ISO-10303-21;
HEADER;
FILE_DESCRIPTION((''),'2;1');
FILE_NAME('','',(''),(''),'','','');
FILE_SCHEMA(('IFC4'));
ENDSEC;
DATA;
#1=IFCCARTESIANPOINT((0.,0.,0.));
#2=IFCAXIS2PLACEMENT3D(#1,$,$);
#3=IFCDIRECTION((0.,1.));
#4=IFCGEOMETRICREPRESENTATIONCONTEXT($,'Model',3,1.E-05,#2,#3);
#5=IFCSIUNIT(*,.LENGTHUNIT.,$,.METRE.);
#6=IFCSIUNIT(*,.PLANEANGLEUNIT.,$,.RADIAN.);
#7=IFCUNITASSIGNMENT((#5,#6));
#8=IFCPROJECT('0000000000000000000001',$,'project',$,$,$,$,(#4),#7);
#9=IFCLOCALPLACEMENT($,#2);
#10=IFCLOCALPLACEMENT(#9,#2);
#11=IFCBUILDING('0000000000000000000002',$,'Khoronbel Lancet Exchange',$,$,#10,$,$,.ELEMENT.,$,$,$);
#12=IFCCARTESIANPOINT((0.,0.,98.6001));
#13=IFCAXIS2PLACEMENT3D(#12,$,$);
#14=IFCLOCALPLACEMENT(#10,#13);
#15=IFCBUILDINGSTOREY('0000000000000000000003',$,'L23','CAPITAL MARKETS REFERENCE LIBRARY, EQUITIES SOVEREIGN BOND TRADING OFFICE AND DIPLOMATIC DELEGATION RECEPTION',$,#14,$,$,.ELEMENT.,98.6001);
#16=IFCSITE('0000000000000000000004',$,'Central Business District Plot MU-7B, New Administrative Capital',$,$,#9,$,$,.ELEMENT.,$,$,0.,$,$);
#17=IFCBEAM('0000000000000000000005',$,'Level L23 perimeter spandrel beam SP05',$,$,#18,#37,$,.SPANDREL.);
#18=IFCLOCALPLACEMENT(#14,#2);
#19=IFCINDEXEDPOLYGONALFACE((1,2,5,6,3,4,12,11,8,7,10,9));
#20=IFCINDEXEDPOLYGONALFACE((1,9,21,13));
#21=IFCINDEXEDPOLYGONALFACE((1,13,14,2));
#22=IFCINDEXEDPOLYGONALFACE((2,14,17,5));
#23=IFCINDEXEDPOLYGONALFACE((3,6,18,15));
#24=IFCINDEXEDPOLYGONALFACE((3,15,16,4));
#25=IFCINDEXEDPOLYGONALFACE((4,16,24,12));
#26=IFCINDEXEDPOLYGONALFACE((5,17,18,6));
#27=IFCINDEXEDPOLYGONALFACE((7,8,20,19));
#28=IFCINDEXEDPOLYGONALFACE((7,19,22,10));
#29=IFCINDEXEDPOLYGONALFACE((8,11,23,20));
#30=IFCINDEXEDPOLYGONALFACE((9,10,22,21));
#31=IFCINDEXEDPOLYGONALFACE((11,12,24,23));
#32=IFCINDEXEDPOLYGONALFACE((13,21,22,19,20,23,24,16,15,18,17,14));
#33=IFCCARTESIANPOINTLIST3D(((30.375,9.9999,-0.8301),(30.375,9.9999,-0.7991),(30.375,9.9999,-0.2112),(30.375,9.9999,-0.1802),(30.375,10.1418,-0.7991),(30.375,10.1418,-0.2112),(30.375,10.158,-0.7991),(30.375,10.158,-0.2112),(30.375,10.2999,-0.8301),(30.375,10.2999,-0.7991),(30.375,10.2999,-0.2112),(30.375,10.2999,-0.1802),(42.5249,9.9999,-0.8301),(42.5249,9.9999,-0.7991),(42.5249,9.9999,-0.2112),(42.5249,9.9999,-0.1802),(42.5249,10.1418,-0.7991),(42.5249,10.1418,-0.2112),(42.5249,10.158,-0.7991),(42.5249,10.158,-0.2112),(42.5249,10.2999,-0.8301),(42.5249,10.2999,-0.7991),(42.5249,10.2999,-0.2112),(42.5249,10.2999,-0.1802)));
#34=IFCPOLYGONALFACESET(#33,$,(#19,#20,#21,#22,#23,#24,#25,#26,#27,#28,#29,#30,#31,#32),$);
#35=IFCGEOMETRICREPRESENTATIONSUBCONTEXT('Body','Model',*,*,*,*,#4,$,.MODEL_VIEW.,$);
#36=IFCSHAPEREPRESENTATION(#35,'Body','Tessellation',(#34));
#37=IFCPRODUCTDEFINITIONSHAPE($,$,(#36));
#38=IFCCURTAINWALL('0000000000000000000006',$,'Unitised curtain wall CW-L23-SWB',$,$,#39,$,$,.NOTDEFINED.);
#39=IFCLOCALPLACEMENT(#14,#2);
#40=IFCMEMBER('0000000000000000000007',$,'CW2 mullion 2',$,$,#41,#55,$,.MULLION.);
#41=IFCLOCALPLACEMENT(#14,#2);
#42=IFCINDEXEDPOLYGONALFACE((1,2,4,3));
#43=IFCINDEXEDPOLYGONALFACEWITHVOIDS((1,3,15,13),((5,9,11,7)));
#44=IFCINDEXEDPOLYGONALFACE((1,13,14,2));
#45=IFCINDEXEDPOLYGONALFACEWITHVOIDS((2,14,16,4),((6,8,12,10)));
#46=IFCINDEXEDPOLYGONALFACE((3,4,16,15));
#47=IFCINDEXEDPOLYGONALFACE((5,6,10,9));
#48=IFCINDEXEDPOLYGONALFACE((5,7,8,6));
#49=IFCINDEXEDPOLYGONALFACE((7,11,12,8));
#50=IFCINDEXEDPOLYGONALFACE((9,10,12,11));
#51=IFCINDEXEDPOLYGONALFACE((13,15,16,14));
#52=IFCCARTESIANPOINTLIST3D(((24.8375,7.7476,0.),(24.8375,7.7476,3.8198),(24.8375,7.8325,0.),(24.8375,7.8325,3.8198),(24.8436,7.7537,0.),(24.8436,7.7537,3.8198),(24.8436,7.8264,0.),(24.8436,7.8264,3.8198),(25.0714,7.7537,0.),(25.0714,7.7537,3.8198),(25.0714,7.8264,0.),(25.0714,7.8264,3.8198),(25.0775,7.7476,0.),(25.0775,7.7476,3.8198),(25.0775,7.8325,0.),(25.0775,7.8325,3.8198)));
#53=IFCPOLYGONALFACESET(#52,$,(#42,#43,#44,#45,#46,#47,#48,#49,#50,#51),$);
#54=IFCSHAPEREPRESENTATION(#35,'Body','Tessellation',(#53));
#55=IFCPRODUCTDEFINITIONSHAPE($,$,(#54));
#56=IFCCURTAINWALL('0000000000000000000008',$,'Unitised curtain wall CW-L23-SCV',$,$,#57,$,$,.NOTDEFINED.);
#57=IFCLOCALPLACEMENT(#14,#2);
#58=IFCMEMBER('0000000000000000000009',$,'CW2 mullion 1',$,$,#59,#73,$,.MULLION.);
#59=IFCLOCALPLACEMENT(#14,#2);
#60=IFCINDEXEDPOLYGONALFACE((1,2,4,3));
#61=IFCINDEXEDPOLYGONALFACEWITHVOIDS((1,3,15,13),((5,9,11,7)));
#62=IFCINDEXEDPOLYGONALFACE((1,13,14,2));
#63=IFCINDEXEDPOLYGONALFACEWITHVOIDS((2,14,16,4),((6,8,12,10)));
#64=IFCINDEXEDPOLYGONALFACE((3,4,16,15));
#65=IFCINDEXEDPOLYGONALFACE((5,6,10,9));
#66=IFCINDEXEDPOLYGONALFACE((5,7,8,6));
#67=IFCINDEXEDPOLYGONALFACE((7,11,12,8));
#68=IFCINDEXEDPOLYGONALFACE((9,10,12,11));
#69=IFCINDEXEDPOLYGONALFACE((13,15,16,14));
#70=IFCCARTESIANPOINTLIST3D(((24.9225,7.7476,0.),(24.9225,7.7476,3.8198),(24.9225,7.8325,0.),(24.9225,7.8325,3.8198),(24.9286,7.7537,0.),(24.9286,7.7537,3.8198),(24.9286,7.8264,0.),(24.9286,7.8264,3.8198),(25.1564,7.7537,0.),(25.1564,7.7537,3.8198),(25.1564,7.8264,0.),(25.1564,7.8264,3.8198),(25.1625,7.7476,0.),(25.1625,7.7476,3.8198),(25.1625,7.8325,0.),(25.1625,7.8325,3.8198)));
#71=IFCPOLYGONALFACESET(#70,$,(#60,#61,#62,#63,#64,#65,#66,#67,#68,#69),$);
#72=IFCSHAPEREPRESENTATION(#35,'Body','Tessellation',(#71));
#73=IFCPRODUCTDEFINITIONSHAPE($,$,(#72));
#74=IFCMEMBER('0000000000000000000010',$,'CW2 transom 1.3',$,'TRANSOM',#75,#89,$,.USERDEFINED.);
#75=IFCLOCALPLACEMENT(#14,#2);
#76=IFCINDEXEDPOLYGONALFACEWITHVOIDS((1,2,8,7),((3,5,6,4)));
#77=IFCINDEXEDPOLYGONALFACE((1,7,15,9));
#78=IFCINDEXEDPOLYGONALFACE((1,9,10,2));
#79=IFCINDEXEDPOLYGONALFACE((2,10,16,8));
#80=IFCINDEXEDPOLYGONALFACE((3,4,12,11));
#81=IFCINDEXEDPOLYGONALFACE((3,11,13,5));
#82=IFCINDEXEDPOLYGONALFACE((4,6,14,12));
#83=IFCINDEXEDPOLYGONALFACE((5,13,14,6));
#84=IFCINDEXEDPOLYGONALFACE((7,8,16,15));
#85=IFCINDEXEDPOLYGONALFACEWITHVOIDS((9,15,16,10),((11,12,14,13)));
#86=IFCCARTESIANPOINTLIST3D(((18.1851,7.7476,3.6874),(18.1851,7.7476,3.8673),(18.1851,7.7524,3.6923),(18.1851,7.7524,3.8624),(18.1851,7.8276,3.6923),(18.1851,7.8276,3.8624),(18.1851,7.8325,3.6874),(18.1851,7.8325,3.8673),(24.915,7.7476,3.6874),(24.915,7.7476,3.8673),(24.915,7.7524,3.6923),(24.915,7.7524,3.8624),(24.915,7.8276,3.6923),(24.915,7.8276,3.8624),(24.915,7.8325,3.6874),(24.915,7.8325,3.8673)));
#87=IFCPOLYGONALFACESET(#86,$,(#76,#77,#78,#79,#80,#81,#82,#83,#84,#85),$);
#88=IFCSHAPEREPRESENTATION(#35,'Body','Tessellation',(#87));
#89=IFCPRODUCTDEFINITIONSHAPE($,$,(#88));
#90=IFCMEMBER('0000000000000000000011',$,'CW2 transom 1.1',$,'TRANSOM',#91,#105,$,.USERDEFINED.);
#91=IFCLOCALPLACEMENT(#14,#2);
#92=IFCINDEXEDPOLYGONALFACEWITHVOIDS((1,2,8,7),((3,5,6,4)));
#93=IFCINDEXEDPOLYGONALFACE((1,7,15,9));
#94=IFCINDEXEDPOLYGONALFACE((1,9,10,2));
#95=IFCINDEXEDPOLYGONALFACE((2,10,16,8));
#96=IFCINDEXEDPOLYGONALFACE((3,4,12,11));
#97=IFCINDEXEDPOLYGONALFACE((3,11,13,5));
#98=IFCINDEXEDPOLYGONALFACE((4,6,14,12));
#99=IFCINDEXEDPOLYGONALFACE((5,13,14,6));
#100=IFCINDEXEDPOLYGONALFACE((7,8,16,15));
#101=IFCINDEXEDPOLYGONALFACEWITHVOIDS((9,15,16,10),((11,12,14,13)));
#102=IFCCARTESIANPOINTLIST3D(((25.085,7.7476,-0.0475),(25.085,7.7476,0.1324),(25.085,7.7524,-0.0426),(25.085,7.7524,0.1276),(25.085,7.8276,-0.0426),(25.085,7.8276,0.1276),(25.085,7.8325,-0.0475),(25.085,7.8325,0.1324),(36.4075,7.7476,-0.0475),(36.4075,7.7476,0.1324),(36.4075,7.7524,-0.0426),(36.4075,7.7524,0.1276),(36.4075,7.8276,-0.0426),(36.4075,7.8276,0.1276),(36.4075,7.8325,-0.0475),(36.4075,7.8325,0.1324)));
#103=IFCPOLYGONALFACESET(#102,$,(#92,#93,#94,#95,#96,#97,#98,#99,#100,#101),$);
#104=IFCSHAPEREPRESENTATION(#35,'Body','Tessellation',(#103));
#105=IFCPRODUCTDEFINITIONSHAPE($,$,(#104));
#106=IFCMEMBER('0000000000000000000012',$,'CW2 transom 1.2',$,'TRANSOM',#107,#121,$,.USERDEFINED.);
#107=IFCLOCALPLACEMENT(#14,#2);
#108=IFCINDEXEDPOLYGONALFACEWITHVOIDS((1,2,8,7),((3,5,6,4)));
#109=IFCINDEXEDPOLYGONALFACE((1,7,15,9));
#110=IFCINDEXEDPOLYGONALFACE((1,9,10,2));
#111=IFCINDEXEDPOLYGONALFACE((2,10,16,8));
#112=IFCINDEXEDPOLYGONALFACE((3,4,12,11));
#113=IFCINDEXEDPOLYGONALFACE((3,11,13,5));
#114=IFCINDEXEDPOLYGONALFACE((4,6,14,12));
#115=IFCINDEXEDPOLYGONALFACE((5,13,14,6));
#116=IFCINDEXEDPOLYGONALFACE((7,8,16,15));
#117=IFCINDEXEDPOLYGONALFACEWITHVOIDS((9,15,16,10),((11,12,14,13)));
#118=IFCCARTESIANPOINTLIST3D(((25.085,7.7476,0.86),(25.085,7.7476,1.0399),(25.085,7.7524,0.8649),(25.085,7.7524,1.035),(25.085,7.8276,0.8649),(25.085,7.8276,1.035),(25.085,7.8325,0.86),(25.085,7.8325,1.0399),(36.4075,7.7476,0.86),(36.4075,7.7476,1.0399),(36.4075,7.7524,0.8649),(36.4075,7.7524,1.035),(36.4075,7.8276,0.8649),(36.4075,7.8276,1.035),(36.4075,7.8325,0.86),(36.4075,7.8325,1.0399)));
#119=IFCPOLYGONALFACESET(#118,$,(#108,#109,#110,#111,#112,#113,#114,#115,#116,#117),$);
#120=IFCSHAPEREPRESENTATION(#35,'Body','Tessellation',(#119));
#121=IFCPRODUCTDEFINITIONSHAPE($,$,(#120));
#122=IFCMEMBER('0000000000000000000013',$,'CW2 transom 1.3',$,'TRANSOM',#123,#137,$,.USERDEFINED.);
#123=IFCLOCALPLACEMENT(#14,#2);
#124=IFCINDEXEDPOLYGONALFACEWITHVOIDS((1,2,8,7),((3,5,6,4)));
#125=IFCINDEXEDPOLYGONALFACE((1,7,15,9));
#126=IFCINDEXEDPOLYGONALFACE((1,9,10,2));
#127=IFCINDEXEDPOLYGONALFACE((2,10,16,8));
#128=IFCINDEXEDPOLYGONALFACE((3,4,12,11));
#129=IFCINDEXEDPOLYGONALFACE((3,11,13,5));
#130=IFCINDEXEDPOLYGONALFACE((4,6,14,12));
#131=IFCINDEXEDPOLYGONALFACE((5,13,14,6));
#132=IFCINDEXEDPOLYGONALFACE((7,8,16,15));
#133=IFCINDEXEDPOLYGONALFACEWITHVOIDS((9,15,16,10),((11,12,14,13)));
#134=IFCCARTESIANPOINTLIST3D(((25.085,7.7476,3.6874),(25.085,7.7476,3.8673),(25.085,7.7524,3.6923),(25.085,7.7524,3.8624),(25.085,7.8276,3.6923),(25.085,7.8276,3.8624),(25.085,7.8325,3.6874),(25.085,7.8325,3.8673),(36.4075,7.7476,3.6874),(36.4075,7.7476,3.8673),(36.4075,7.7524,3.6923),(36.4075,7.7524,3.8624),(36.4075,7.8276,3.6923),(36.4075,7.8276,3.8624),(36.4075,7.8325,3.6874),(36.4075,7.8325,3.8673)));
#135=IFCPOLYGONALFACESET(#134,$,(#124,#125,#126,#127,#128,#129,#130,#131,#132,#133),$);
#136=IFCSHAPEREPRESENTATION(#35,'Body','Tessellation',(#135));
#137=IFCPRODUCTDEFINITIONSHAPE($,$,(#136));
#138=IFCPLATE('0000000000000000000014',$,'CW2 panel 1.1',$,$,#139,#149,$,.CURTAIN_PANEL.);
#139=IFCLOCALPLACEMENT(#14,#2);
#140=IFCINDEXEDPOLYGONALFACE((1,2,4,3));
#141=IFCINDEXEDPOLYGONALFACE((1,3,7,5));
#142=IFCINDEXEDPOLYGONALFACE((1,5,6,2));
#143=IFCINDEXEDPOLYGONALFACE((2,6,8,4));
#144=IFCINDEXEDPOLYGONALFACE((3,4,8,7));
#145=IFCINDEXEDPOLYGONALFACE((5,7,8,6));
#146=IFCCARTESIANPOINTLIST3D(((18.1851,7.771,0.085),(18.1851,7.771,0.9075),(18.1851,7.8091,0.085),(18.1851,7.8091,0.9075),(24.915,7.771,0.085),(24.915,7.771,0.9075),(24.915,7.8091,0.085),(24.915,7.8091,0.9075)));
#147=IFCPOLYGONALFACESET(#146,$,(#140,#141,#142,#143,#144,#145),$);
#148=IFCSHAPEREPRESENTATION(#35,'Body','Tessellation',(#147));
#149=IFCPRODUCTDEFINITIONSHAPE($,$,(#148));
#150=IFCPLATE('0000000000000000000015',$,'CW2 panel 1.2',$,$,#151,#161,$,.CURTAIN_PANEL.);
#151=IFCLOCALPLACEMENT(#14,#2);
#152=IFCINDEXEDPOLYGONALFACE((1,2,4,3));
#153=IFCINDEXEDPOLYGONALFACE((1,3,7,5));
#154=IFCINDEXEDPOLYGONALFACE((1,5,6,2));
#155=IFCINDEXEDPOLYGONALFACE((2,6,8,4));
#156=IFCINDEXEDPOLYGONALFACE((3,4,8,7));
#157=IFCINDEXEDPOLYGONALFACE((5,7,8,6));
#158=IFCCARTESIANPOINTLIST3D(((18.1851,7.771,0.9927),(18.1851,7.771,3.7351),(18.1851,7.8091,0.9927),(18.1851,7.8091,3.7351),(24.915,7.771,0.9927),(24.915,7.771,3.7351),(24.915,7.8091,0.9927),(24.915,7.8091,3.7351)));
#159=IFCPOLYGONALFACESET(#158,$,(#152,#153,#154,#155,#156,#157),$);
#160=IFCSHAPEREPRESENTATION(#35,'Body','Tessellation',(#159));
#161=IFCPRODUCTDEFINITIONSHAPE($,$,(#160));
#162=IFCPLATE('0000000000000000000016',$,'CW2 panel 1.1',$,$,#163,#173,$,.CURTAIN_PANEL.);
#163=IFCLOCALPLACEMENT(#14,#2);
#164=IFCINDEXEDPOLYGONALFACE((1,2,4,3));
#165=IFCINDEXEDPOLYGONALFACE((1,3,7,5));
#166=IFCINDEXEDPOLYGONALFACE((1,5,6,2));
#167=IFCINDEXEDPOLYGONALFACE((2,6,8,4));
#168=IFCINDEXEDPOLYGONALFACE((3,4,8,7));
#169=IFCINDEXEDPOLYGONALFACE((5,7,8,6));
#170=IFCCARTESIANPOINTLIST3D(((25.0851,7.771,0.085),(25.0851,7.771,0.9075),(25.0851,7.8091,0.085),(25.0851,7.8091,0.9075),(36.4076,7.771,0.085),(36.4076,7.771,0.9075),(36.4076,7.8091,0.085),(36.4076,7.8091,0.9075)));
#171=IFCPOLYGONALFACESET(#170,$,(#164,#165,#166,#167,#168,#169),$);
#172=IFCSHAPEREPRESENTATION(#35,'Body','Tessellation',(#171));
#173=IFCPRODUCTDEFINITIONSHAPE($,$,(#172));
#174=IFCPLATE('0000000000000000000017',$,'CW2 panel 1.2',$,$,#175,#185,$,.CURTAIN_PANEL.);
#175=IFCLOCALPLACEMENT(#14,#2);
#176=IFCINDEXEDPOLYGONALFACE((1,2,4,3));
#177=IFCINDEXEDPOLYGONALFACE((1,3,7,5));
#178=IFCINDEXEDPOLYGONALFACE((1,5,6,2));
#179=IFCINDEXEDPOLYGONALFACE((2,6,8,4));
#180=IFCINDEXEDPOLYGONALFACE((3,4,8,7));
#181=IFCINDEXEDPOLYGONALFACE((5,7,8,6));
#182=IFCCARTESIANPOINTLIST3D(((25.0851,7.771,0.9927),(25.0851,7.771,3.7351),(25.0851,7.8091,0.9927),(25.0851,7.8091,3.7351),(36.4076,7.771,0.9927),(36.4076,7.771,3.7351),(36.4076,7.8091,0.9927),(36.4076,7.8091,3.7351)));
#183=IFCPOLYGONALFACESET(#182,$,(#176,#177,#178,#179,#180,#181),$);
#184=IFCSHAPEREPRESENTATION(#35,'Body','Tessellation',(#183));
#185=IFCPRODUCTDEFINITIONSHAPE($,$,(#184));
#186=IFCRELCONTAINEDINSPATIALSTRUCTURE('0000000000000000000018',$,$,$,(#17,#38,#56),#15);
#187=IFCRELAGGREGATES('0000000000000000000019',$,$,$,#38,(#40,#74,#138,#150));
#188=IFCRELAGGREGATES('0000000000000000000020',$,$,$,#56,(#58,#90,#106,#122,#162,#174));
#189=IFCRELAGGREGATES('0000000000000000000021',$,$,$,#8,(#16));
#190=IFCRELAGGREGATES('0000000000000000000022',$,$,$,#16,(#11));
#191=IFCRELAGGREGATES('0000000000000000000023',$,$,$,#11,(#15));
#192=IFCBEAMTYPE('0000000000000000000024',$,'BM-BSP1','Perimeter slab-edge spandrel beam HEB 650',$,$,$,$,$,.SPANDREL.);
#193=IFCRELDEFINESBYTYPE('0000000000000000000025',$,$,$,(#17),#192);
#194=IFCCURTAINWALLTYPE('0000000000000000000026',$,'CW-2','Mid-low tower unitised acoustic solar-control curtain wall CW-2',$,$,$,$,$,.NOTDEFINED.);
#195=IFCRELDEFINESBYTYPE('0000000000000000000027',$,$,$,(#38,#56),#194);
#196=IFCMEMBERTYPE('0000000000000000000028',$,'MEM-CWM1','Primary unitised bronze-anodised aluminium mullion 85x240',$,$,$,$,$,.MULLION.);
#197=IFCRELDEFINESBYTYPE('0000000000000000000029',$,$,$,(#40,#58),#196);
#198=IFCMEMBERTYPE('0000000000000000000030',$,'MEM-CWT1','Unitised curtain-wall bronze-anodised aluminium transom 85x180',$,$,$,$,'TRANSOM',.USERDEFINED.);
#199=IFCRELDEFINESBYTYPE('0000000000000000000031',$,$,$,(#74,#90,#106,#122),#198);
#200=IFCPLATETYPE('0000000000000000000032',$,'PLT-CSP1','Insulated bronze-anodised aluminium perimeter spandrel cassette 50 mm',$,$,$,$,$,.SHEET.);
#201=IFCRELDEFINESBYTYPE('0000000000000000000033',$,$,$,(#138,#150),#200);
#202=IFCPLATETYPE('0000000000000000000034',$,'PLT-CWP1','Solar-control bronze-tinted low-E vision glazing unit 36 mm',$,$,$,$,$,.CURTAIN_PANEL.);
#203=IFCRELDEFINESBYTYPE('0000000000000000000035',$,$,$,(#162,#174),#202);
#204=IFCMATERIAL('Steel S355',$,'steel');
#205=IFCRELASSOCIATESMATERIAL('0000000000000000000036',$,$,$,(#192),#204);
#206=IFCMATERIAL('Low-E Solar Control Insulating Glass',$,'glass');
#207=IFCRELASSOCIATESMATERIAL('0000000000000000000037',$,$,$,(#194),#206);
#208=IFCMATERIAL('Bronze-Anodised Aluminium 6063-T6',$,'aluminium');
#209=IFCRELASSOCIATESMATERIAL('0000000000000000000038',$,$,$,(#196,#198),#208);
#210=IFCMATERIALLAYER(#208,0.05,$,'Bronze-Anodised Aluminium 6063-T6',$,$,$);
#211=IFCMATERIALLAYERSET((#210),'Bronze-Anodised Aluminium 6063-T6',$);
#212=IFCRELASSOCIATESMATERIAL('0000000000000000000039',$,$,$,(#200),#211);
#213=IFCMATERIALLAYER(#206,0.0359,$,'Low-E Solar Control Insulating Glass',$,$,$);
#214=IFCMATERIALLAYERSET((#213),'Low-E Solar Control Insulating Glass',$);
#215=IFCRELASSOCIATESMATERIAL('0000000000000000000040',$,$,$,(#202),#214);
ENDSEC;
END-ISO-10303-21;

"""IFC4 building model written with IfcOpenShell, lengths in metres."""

from ifc_helpers import new_model, si_unit, direction, frame, origin, origin_2d, place, context, subcontext, project, spatial, rectangle, hollow_rectangle, i_section, extrude, material, layer, layer_set, material_profile, profile_set, type_object, element, aggregate, save


model = new_model("IFC4")

# Units and contexts
model_context = context("Model", 3, precision=1e-05, world=origin(), true_north=direction((0.0, 1.0)))
body_context = subcontext(model_context, "Body", "Model", "MODEL_VIEW")
ifc_project = project(units=[si_unit("LENGTHUNIT", "METRE"), si_unit("PLANEANGLEUNIT", "RADIAN")], contexts=[model_context])

# Site, building, storey
site_placement = place(None, origin())
site = spatial("IfcSite", under=ifc_project, at=site_placement, Name="Central Business District Plot MU-7B, New Administrative Capital", CompositionType="ELEMENT", RefElevation=0.0)
building_placement = place(site_placement, origin())
building = spatial("IfcBuilding", under=site, at=building_placement, Name="Khoronbel Lancet Exchange", CompositionType="ELEMENT")
storey_placement = place(building_placement, frame((0.0, 0.0, 98.6001)))
storey = spatial("IfcBuildingStorey", under=building, at=storey_placement, Name="L23", Description="CAPITAL MARKETS REFERENCE LIBRARY, EQUITIES SOVEREIGN BOND TRADING OFFICE AND DIPLOMATIC DELEGATION RECEPTION", CompositionType="ELEMENT", Elevation=98.6001)

# Beam
ifc_material_1 = material(Name="Steel S355", Category="steel")
ifc_material_profile_1 = material_profile(ifc_material_1, i_section(OverallWidth=0.3, OverallDepth=0.6499, WebThickness=0.0161, FlangeThickness=0.031, at=origin_2d()), Name="HEB 650")
ifc_profile_set_1 = profile_set([ifc_material_profile_1], Name="Steel S355")
beam_type_1 = type_object("IfcBeamType", Name="BM-BSP1", Description="Perimeter slab-edge spandrel beam HEB 650", PredefinedType="SPANDREL", material=ifc_profile_set_1)
beam_1_placement = place(storey_placement, frame((30.375, 10.1499, -0.5051), z_axis=(1.0, 0.0, 0.0), x_axis=(0.0, 1.0, 0.0)))
element("IfcBeam", 1, at=beam_1_placement, inside=storey, type_object=beam_type_1, Name="Level L23 perimeter spandrel beam SP05", PredefinedType="SPANDREL", context=body_context, shape_type="SweptSolid", body=[
    extrude(i_section(OverallWidth=0.3, OverallDepth=0.6499, WebThickness=0.0161, FlangeThickness=0.031, at=origin_2d()), origin(), (0.0, 0.0, 1.0), 12.1499),
])

# Curtain walls, members
ifc_material_2 = material(Name="Low-E Solar Control Insulating Glass", Category="glass")
curtain_wall_type = type_object("IfcCurtainWallType", Name="CW-2", Description="Mid-low tower unitised acoustic solar-control curtain wall CW-2", PredefinedType="NOTDEFINED", material=ifc_material_2)
curtain_wall_1_placement = place(storey_placement, origin())
curtain_wall_1 = element("IfcCurtainWall", 2, at=curtain_wall_1_placement, inside=storey, type_object=curtain_wall_type, Name="Unitised curtain wall CW-L23-SWB", PredefinedType="NOTDEFINED")
ifc_material_3 = material(Name="Bronze-Anodised Aluminium 6063-T6", Category="aluminium")
ifc_material_profile_2 = material_profile(ifc_material_3, hollow_rectangle(XDim=0.085, YDim=0.24, WallThickness=0.0061, at=origin_2d()), Name="ALU MULLION 85x240")
ifc_profile_set_2 = profile_set([ifc_material_profile_2], Name="Bronze-Anodised Aluminium 6063-T6")
member_type_1 = type_object("IfcMemberType", Name="MEM-CWM1", Description="Primary unitised bronze-anodised aluminium mullion 85x240", PredefinedType="MULLION", material=ifc_profile_set_2)
member_1_placement = place(storey_placement, frame((24.9575, 7.79, 0.0), z_axis=(0.0, 0.0, 1.0), x_axis=(0.0, 1.0, 0.0)))
member_1 = element("IfcMember", 3, at=member_1_placement, type_object=member_type_1, Name="CW2 mullion 2", PredefinedType="MULLION", context=body_context, shape_type="SweptSolid", body=[
    extrude(hollow_rectangle(XDim=0.085, YDim=0.24, WallThickness=0.0061, at=origin_2d()), origin(), (0.0, 0.0, 1.0), 3.8198),
])
curtain_wall_2_placement = place(storey_placement, origin())
curtain_wall_2 = element("IfcCurtainWall", 4, at=curtain_wall_2_placement, inside=storey, type_object=curtain_wall_type, Name="Unitised curtain wall CW-L23-SCV", PredefinedType="NOTDEFINED")
member_2_placement = place(storey_placement, frame((25.0425, 7.79, 0.0), z_axis=(0.0, 0.0, 1.0), x_axis=(0.0, 1.0, 0.0)))
member_2 = element("IfcMember", 5, at=member_2_placement, type_object=member_type_1, Name="CW2 mullion 1", PredefinedType="MULLION", context=body_context, shape_type="SweptSolid", body=[
    extrude(hollow_rectangle(XDim=0.085, YDim=0.24, WallThickness=0.0061, at=origin_2d()), origin(), (0.0, 0.0, 1.0), 3.8198),
])

# Members
ifc_material_profile_3 = material_profile(ifc_material_3, hollow_rectangle(XDim=0.085, YDim=0.1799, WallThickness=0.0049, at=origin_2d()), Name="ALU TRANSOM 85x180")
ifc_profile_set_3 = profile_set([ifc_material_profile_3], Name="Bronze-Anodised Aluminium 6063-T6")
member_type_2 = type_object("IfcMemberType", Name="MEM-CWT1", Description="Unitised curtain-wall bronze-anodised aluminium transom 85x180", ElementType="TRANSOM", PredefinedType="USERDEFINED", material=ifc_profile_set_3)
member_3_placement = place(storey_placement, frame((18.1851, 7.79, 3.7773), z_axis=(1.0, 0.0, 0.0), x_axis=(0.0, 1.0, 0.0)))
member_3 = element("IfcMember", 6, at=member_3_placement, type_object=member_type_2, Name="CW2 transom 1.3", ObjectType="TRANSOM", PredefinedType="USERDEFINED", context=body_context, shape_type="SweptSolid", body=[
    extrude(hollow_rectangle(XDim=0.085, YDim=0.1799, WallThickness=0.0049, at=origin_2d()), origin(), (0.0, 0.0, 1.0), 6.73),
])
member_4_placement = place(storey_placement, frame((25.085, 7.79, 0.0425), z_axis=(1.0, 0.0, 0.0), x_axis=(0.0, 1.0, 0.0)))
member_4 = element("IfcMember", 7, at=member_4_placement, type_object=member_type_2, Name="CW2 transom 1.1", ObjectType="TRANSOM", PredefinedType="USERDEFINED", context=body_context, shape_type="SweptSolid", body=[
    extrude(hollow_rectangle(XDim=0.085, YDim=0.1799, WallThickness=0.0049, at=origin_2d()), origin(), (0.0, 0.0, 1.0), 11.3225),
])
member_5_placement = place(storey_placement, frame((25.085, 7.79, 0.95), z_axis=(1.0, 0.0, 0.0), x_axis=(0.0, 1.0, 0.0)))
member_5 = element("IfcMember", 8, at=member_5_placement, type_object=member_type_2, Name="CW2 transom 1.2", ObjectType="TRANSOM", PredefinedType="USERDEFINED", context=body_context, shape_type="SweptSolid", body=[
    extrude(hollow_rectangle(XDim=0.085, YDim=0.1799, WallThickness=0.0049, at=origin_2d()), origin(), (0.0, 0.0, 1.0), 11.3225),
])
member_6_placement = place(storey_placement, frame((25.085, 7.79, 3.7773), z_axis=(1.0, 0.0, 0.0), x_axis=(0.0, 1.0, 0.0)))
member_6 = element("IfcMember", 9, at=member_6_placement, type_object=member_type_2, Name="CW2 transom 1.3", ObjectType="TRANSOM", PredefinedType="USERDEFINED", context=body_context, shape_type="SweptSolid", body=[
    extrude(hollow_rectangle(XDim=0.085, YDim=0.1799, WallThickness=0.0049, at=origin_2d()), origin(), (0.0, 0.0, 1.0), 11.3225),
])

# Plates
ifc_layer_1 = layer(ifc_material_3, 0.05, Name="Bronze-Anodised Aluminium 6063-T6")
ifc_layer_set_1 = layer_set([ifc_layer_1], Name="Bronze-Anodised Aluminium 6063-T6")
plate_type_1 = type_object("IfcPlateType", Name="PLT-CSP1", Description="Insulated bronze-anodised aluminium perimeter spandrel cassette 50 mm", PredefinedType="SHEET", material=ifc_layer_set_1)
plate_1_placement = place(storey_placement, frame((21.55, 7.79, 0.085), z_axis=(0.0, 0.0, 1.0), x_axis=(1.0, 0.0, 0.0)))
plate_1 = element("IfcPlate", 10, at=plate_1_placement, type_object=plate_type_1, Name="CW2 panel 1.1", PredefinedType="CURTAIN_PANEL", context=body_context, shape_type="SweptSolid", body=[
    extrude(rectangle(XDim=6.73, YDim=0.0381, at=origin_2d()), origin(), (0.0, 0.0, 1.0), 0.8225),
])
plate_2_placement = place(storey_placement, frame((21.55, 7.79, 0.9927), z_axis=(0.0, 0.0, 1.0), x_axis=(1.0, 0.0, 0.0)))
plate_2 = element("IfcPlate", 11, at=plate_2_placement, type_object=plate_type_1, Name="CW2 panel 1.2", PredefinedType="CURTAIN_PANEL", context=body_context, shape_type="SweptSolid", body=[
    extrude(rectangle(XDim=6.73, YDim=0.0381, at=origin_2d()), origin(), (0.0, 0.0, 1.0), 2.7424),
])
aggregate(curtain_wall_1, [member_1, member_3, plate_1, plate_2])
ifc_layer_2 = layer(ifc_material_2, 0.0359, Name="Low-E Solar Control Insulating Glass")
ifc_layer_set_2 = layer_set([ifc_layer_2], Name="Low-E Solar Control Insulating Glass")
plate_type_2 = type_object("IfcPlateType", Name="PLT-CWP1", Description="Solar-control bronze-tinted low-E vision glazing unit 36 mm", PredefinedType="CURTAIN_PANEL", material=ifc_layer_set_2)
plate_3_placement = place(storey_placement, frame((30.7463, 7.79, 0.085), z_axis=(0.0, 0.0, 1.0), x_axis=(1.0, 0.0, 0.0)))
plate_3 = element("IfcPlate", 12, at=plate_3_placement, type_object=plate_type_2, Name="CW2 panel 1.1", PredefinedType="CURTAIN_PANEL", context=body_context, shape_type="SweptSolid", body=[
    extrude(rectangle(XDim=11.3225, YDim=0.0381, at=origin_2d()), origin(), (0.0, 0.0, 1.0), 0.8225),
])
plate_4_placement = place(storey_placement, frame((30.7463, 7.79, 0.9927), z_axis=(0.0, 0.0, 1.0), x_axis=(1.0, 0.0, 0.0)))
plate_4 = element("IfcPlate", 13, at=plate_4_placement, type_object=plate_type_2, Name="CW2 panel 1.2", PredefinedType="CURTAIN_PANEL", context=body_context, shape_type="SweptSolid", body=[
    extrude(rectangle(XDim=11.3225, YDim=0.0381, at=origin_2d()), origin(), (0.0, 0.0, 1.0), 2.7424),
])
aggregate(curtain_wall_2, [member_2, member_4, member_5, member_6, plate_3, plate_4])

save(model, "model.ifc")
